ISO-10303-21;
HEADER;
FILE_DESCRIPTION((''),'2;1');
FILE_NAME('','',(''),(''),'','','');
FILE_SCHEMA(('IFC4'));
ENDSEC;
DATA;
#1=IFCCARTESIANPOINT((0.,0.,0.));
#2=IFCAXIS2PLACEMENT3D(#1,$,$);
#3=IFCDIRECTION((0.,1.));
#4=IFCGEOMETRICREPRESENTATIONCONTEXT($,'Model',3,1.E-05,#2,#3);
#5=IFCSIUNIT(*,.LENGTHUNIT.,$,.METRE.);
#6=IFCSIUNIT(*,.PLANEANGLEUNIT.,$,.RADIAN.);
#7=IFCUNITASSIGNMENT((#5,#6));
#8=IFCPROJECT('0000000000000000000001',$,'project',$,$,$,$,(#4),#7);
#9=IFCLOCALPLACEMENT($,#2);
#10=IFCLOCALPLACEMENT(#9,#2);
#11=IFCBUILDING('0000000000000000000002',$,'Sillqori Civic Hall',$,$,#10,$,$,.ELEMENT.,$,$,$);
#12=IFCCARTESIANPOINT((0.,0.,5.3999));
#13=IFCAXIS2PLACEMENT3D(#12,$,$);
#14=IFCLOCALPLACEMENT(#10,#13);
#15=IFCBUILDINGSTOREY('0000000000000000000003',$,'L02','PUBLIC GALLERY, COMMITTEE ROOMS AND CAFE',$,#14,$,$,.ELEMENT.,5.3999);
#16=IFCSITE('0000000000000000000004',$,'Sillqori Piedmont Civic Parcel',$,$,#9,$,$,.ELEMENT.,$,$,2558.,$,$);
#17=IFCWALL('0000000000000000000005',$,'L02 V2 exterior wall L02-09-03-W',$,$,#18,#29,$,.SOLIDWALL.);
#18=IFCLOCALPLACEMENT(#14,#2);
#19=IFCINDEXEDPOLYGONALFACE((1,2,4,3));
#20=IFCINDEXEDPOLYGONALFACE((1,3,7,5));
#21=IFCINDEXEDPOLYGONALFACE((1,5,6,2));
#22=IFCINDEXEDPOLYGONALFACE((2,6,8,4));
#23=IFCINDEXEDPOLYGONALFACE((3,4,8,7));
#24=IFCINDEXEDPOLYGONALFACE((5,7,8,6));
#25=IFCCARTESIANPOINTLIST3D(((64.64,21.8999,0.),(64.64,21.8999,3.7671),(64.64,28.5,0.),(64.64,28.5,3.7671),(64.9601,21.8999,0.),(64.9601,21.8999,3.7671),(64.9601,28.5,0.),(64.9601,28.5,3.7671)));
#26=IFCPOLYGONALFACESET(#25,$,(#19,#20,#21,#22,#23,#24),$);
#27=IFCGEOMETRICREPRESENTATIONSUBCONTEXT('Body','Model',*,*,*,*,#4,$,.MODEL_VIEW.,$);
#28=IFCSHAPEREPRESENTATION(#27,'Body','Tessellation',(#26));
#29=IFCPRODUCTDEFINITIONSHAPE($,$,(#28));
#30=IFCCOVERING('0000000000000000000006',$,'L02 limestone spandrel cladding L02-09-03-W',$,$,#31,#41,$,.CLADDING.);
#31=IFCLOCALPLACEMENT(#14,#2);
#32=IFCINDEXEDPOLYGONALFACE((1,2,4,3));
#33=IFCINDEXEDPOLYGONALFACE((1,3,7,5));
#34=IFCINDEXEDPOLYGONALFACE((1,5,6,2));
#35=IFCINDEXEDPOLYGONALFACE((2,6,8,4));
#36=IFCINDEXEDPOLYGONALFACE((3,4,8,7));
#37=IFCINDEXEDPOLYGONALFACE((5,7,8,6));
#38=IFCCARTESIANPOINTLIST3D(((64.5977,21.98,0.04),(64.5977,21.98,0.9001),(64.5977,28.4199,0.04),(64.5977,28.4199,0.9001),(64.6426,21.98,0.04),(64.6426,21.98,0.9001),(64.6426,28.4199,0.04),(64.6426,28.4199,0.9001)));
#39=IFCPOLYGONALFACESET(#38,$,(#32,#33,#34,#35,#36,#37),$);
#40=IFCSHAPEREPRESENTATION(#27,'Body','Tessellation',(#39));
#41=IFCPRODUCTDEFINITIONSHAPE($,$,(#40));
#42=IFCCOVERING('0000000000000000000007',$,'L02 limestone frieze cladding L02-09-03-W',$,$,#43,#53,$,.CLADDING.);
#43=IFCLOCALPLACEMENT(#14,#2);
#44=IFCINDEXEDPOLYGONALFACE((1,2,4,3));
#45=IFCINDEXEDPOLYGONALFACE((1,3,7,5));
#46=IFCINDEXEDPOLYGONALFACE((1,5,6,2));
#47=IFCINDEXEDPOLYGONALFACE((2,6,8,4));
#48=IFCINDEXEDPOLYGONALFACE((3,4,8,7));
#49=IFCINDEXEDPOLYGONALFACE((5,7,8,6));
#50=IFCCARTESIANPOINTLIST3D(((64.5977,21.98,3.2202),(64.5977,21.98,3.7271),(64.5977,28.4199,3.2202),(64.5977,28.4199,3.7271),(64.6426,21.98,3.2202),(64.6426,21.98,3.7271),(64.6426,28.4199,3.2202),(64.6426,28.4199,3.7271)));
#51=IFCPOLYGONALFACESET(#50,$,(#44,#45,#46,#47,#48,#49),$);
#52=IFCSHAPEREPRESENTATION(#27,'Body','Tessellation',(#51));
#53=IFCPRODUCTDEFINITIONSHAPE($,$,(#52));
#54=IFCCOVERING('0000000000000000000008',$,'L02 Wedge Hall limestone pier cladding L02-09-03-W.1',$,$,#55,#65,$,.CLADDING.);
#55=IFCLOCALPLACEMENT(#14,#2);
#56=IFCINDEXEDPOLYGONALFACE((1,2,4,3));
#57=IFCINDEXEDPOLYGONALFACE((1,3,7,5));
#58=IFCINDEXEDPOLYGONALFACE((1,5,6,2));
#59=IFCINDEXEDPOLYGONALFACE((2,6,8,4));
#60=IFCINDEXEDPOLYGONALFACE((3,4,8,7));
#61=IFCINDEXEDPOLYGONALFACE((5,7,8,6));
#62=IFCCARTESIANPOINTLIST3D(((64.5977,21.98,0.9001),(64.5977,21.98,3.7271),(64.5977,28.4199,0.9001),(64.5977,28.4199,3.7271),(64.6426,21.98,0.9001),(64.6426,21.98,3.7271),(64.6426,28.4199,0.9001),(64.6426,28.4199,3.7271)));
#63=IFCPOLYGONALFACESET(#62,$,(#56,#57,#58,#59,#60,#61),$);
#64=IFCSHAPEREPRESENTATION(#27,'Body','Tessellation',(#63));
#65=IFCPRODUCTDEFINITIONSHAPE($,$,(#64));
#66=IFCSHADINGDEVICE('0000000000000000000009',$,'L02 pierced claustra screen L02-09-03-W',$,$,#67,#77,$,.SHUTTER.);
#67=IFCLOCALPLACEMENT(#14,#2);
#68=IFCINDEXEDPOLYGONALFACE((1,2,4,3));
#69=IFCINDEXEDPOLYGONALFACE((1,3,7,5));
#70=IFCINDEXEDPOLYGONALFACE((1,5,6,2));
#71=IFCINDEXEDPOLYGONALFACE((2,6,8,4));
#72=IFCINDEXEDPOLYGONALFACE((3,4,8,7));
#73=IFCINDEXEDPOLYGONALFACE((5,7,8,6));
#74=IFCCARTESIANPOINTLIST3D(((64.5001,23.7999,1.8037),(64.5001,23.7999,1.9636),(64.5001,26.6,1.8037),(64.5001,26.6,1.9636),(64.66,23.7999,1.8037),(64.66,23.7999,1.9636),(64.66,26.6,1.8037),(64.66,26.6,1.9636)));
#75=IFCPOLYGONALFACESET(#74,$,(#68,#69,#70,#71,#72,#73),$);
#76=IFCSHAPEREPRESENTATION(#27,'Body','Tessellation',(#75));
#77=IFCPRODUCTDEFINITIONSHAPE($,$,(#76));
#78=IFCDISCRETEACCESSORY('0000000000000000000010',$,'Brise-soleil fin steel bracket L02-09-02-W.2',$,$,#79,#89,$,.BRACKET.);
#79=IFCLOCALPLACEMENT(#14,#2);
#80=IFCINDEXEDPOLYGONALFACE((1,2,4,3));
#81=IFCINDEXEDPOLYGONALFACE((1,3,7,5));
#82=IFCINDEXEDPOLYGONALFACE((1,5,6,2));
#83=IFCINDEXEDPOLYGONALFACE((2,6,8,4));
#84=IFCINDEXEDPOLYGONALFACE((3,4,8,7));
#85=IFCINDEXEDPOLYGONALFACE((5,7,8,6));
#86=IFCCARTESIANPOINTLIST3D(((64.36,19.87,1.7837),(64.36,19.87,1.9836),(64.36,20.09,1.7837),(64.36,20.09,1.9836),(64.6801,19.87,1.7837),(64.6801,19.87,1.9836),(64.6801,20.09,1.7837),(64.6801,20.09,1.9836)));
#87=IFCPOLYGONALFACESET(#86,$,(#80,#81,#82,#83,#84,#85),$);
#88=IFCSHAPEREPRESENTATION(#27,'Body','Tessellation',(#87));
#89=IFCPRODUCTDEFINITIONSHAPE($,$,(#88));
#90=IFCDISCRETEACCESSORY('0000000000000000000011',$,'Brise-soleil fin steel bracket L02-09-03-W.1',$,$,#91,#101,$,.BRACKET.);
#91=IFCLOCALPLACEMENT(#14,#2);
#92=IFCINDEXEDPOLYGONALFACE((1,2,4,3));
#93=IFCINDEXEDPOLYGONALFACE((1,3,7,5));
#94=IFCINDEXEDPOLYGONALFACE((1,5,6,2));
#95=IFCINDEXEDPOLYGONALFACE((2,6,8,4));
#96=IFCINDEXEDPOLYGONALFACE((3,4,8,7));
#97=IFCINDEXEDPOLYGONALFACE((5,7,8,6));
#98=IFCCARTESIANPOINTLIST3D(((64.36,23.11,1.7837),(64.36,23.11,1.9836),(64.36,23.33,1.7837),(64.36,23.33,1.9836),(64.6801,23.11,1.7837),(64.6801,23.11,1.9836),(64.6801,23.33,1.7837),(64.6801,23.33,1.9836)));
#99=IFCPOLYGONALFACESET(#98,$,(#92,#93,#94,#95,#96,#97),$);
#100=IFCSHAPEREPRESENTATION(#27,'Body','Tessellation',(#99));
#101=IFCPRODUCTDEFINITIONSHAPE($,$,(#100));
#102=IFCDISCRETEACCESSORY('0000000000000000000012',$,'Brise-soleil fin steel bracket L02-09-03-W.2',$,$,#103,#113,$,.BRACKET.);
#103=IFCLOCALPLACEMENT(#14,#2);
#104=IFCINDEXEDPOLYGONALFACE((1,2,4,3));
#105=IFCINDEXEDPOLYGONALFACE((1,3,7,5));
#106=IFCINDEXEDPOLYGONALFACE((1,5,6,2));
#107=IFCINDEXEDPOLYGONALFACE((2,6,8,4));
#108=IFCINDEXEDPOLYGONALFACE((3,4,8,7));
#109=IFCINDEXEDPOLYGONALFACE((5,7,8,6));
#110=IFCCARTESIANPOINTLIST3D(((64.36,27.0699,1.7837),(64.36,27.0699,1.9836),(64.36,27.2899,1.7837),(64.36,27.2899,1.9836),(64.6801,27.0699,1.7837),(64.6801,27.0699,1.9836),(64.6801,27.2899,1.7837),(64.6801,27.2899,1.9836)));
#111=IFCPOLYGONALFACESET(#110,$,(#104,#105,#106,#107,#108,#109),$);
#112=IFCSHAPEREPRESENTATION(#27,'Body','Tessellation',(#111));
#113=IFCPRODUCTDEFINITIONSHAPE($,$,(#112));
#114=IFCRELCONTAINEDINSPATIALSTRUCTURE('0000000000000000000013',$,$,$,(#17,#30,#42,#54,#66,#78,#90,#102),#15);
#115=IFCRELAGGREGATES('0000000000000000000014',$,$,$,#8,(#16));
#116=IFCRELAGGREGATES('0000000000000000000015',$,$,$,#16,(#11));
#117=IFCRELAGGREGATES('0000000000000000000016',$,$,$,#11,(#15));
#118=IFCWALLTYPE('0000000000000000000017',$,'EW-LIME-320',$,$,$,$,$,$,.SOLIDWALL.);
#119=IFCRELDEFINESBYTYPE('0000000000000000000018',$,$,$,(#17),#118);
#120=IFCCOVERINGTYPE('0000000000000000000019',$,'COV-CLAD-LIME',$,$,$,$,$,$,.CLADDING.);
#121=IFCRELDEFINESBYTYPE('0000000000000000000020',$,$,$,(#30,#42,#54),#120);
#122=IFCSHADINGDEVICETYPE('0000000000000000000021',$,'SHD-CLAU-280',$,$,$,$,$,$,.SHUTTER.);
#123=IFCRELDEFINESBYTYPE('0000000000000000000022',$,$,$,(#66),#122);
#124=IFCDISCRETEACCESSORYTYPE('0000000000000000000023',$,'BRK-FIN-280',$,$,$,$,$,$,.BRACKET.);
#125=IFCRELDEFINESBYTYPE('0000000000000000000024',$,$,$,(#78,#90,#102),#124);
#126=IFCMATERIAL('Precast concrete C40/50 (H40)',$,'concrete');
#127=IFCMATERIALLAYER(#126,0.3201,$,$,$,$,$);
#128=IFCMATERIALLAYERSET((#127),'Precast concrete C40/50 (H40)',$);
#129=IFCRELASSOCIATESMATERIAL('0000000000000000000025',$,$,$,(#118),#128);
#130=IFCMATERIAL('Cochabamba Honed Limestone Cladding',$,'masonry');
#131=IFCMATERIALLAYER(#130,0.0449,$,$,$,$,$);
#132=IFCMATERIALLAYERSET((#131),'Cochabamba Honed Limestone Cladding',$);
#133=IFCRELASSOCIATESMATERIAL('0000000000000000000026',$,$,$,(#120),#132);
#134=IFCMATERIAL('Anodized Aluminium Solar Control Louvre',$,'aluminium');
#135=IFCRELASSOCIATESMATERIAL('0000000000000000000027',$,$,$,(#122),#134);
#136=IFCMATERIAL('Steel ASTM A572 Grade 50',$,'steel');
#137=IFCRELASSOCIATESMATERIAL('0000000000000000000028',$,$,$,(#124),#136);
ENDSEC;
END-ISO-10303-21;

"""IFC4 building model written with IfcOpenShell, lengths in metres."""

from ifc_helpers import new_model, si_unit, direction, frame, frame_2d, origin, origin_2d, place, context, subcontext, project, spatial, rectangle, extrude, material, layer, layer_set, type_object, element, save


model = new_model("IFC4")

# Units and contexts
model_context = context("Model", 3, precision=1e-05, world=origin(), true_north=direction((0.0, 1.0)))
body_context = subcontext(model_context, "Body", "Model", "MODEL_VIEW")
ifc_project = project(units=[si_unit("LENGTHUNIT", "METRE"), si_unit("PLANEANGLEUNIT", "RADIAN")], contexts=[model_context])

# Site, building, storey
site_placement = place(None, origin())
site = spatial("IfcSite", under=ifc_project, at=site_placement, Name="Sillqori Piedmont Civic Parcel", CompositionType="ELEMENT", RefElevation=2558.0)
building_placement = place(site_placement, origin())
building = spatial("IfcBuilding", under=site, at=building_placement, Name="Sillqori Civic Hall", CompositionType="ELEMENT")
storey_placement = place(building_placement, frame((0.0, 0.0, 5.3999)))
storey = spatial("IfcBuildingStorey", under=building, at=storey_placement, Name="L02", Description="PUBLIC GALLERY, COMMITTEE ROOMS AND CAFE", CompositionType="ELEMENT", Elevation=5.3999)

# Shared definitions
ifc_material_1 = material(Name="Precast concrete C40/50 (H40)", Category="concrete")

# Wall
ifc_layer_1 = layer(ifc_material_1, 0.3201)
ifc_layer_set_1 = layer_set([ifc_layer_1], Name="Precast concrete C40/50 (H40)")
wall_type = type_object("IfcWallType", Name="EW-LIME-320", PredefinedType="SOLIDWALL", material=ifc_layer_set_1)
wall_placement = place(storey_placement, frame((64.8, 21.8999, 0.0), z_axis=(0.0, 0.0, 1.0), x_axis=(0.0, 1.0, 0.0)))
element("IfcWall", 1, at=wall_placement, inside=storey, type_object=wall_type, Name="L02 V2 exterior wall L02-09-03-W", PredefinedType="SOLIDWALL", context=body_context, shape_type="SweptSolid", body=[
    extrude(rectangle(XDim=6.6001, YDim=0.3201, at=frame_2d((3.3, 0.0))), origin(), (0.0, 0.0, 1.0), 3.7671),
])

# Coverings
ifc_material_2 = material(Name="Cochabamba Honed Limestone Cladding", Category="masonry")
ifc_layer_2 = layer(ifc_material_2, 0.0449)
ifc_layer_set_2 = layer_set([ifc_layer_2], Name="Cochabamba Honed Limestone Cladding")
covering_type = type_object("IfcCoveringType", Name="COV-CLAD-LIME", PredefinedType="CLADDING", material=ifc_layer_set_2)
covering_1_placement = place(storey_placement, frame((64.6201, 21.98, 0.04), z_axis=(0.0, 0.0, 1.0), x_axis=(0.0, 1.0, 0.0)))
element("IfcCovering", 2, at=covering_1_placement, inside=storey, type_object=covering_type, Name="L02 limestone spandrel cladding L02-09-03-W", PredefinedType="CLADDING", context=body_context, shape_type="SweptSolid", body=[
    extrude(rectangle(XDim=6.4399, YDim=0.0449, at=frame_2d((3.22, 0.0))), origin(), (0.0, 0.0, 1.0), 0.8601),
])
covering_2_placement = place(storey_placement, frame((64.6201, 21.98, 3.2202), z_axis=(0.0, 0.0, 1.0), x_axis=(0.0, 1.0, 0.0)))
element("IfcCovering", 3, at=covering_2_placement, inside=storey, type_object=covering_type, Name="L02 limestone frieze cladding L02-09-03-W", PredefinedType="CLADDING", context=body_context, shape_type="SweptSolid", body=[
    extrude(rectangle(XDim=6.4399, YDim=0.0449, at=frame_2d((3.22, 0.0))), origin(), (0.0, 0.0, 1.0), 0.5068),
])
covering_3_placement = place(storey_placement, frame((64.6201, 21.98, 0.9001), z_axis=(0.0, 0.0, 1.0), x_axis=(0.0, 1.0, 0.0)))
element("IfcCovering", 4, at=covering_3_placement, inside=storey, type_object=covering_type, Name="L02 Wedge Hall limestone pier cladding L02-09-03-W.1", PredefinedType="CLADDING", context=body_context, shape_type="SweptSolid", body=[
    extrude(rectangle(XDim=6.4399, YDim=0.0449, at=frame_2d((3.22, 0.0))), origin(), (0.0, 0.0, 1.0), 2.8269),
])

# Shading device
ifc_material_3 = material(Name="Anodized Aluminium Solar Control Louvre", Category="aluminium")
shading_device_type = type_object("IfcShadingDeviceType", Name="SHD-CLAU-280", PredefinedType="SHUTTER", material=ifc_material_3)
shading_device_placement = place(storey_placement, frame((64.5801, 25.2, 1.8037), z_axis=(0.0, 0.0, 1.0), x_axis=(0.0, 1.0, 0.0)))
element("IfcShadingDevice", 5, at=shading_device_placement, inside=storey, type_object=shading_device_type, Name="L02 pierced claustra screen L02-09-03-W", PredefinedType="SHUTTER", context=body_context, shape_type="SweptSolid", body=[
    extrude(rectangle(XDim=2.8, YDim=0.1599, at=origin_2d()), origin(), (0.0, 0.0, 1.0), 0.1599),
])

# Discrete accessories
ifc_material_4 = material(Name="Steel ASTM A572 Grade 50", Category="steel")
discrete_accessory_type = type_object("IfcDiscreteAccessoryType", Name="BRK-FIN-280", PredefinedType="BRACKET", material=ifc_material_4)
for number, where, z_axis, x_axis, name in (
    (6, (64.52, 19.98, 1.7837), (0.0, 0.0, 1.0), (0.0, 1.0, 0.0), "Brise-soleil fin steel bracket L02-09-02-W.2"),
    (7, (64.52, 23.22, 1.7837), (0.0, 0.0, 1.0), (0.0, 1.0, 0.0), "Brise-soleil fin steel bracket L02-09-03-W.1"),
    (8, (64.52, 27.1799, 1.7837), (0.0, 0.0, 1.0), (0.0, 1.0, 0.0), "Brise-soleil fin steel bracket L02-09-03-W.2"),
):
    element("IfcDiscreteAccessory", number, at=place(storey_placement, frame(where, z_axis=z_axis, x_axis=x_axis)), inside=storey, type_object=discrete_accessory_type, Name=name, PredefinedType="BRACKET", context=body_context, shape_type="SweptSolid", body=[
        extrude(rectangle(XDim=0.22, YDim=0.3201, at=origin_2d()), origin(), (0.0, 0.0, 1.0), 0.2),
    ])

save(model, "model.ifc")
